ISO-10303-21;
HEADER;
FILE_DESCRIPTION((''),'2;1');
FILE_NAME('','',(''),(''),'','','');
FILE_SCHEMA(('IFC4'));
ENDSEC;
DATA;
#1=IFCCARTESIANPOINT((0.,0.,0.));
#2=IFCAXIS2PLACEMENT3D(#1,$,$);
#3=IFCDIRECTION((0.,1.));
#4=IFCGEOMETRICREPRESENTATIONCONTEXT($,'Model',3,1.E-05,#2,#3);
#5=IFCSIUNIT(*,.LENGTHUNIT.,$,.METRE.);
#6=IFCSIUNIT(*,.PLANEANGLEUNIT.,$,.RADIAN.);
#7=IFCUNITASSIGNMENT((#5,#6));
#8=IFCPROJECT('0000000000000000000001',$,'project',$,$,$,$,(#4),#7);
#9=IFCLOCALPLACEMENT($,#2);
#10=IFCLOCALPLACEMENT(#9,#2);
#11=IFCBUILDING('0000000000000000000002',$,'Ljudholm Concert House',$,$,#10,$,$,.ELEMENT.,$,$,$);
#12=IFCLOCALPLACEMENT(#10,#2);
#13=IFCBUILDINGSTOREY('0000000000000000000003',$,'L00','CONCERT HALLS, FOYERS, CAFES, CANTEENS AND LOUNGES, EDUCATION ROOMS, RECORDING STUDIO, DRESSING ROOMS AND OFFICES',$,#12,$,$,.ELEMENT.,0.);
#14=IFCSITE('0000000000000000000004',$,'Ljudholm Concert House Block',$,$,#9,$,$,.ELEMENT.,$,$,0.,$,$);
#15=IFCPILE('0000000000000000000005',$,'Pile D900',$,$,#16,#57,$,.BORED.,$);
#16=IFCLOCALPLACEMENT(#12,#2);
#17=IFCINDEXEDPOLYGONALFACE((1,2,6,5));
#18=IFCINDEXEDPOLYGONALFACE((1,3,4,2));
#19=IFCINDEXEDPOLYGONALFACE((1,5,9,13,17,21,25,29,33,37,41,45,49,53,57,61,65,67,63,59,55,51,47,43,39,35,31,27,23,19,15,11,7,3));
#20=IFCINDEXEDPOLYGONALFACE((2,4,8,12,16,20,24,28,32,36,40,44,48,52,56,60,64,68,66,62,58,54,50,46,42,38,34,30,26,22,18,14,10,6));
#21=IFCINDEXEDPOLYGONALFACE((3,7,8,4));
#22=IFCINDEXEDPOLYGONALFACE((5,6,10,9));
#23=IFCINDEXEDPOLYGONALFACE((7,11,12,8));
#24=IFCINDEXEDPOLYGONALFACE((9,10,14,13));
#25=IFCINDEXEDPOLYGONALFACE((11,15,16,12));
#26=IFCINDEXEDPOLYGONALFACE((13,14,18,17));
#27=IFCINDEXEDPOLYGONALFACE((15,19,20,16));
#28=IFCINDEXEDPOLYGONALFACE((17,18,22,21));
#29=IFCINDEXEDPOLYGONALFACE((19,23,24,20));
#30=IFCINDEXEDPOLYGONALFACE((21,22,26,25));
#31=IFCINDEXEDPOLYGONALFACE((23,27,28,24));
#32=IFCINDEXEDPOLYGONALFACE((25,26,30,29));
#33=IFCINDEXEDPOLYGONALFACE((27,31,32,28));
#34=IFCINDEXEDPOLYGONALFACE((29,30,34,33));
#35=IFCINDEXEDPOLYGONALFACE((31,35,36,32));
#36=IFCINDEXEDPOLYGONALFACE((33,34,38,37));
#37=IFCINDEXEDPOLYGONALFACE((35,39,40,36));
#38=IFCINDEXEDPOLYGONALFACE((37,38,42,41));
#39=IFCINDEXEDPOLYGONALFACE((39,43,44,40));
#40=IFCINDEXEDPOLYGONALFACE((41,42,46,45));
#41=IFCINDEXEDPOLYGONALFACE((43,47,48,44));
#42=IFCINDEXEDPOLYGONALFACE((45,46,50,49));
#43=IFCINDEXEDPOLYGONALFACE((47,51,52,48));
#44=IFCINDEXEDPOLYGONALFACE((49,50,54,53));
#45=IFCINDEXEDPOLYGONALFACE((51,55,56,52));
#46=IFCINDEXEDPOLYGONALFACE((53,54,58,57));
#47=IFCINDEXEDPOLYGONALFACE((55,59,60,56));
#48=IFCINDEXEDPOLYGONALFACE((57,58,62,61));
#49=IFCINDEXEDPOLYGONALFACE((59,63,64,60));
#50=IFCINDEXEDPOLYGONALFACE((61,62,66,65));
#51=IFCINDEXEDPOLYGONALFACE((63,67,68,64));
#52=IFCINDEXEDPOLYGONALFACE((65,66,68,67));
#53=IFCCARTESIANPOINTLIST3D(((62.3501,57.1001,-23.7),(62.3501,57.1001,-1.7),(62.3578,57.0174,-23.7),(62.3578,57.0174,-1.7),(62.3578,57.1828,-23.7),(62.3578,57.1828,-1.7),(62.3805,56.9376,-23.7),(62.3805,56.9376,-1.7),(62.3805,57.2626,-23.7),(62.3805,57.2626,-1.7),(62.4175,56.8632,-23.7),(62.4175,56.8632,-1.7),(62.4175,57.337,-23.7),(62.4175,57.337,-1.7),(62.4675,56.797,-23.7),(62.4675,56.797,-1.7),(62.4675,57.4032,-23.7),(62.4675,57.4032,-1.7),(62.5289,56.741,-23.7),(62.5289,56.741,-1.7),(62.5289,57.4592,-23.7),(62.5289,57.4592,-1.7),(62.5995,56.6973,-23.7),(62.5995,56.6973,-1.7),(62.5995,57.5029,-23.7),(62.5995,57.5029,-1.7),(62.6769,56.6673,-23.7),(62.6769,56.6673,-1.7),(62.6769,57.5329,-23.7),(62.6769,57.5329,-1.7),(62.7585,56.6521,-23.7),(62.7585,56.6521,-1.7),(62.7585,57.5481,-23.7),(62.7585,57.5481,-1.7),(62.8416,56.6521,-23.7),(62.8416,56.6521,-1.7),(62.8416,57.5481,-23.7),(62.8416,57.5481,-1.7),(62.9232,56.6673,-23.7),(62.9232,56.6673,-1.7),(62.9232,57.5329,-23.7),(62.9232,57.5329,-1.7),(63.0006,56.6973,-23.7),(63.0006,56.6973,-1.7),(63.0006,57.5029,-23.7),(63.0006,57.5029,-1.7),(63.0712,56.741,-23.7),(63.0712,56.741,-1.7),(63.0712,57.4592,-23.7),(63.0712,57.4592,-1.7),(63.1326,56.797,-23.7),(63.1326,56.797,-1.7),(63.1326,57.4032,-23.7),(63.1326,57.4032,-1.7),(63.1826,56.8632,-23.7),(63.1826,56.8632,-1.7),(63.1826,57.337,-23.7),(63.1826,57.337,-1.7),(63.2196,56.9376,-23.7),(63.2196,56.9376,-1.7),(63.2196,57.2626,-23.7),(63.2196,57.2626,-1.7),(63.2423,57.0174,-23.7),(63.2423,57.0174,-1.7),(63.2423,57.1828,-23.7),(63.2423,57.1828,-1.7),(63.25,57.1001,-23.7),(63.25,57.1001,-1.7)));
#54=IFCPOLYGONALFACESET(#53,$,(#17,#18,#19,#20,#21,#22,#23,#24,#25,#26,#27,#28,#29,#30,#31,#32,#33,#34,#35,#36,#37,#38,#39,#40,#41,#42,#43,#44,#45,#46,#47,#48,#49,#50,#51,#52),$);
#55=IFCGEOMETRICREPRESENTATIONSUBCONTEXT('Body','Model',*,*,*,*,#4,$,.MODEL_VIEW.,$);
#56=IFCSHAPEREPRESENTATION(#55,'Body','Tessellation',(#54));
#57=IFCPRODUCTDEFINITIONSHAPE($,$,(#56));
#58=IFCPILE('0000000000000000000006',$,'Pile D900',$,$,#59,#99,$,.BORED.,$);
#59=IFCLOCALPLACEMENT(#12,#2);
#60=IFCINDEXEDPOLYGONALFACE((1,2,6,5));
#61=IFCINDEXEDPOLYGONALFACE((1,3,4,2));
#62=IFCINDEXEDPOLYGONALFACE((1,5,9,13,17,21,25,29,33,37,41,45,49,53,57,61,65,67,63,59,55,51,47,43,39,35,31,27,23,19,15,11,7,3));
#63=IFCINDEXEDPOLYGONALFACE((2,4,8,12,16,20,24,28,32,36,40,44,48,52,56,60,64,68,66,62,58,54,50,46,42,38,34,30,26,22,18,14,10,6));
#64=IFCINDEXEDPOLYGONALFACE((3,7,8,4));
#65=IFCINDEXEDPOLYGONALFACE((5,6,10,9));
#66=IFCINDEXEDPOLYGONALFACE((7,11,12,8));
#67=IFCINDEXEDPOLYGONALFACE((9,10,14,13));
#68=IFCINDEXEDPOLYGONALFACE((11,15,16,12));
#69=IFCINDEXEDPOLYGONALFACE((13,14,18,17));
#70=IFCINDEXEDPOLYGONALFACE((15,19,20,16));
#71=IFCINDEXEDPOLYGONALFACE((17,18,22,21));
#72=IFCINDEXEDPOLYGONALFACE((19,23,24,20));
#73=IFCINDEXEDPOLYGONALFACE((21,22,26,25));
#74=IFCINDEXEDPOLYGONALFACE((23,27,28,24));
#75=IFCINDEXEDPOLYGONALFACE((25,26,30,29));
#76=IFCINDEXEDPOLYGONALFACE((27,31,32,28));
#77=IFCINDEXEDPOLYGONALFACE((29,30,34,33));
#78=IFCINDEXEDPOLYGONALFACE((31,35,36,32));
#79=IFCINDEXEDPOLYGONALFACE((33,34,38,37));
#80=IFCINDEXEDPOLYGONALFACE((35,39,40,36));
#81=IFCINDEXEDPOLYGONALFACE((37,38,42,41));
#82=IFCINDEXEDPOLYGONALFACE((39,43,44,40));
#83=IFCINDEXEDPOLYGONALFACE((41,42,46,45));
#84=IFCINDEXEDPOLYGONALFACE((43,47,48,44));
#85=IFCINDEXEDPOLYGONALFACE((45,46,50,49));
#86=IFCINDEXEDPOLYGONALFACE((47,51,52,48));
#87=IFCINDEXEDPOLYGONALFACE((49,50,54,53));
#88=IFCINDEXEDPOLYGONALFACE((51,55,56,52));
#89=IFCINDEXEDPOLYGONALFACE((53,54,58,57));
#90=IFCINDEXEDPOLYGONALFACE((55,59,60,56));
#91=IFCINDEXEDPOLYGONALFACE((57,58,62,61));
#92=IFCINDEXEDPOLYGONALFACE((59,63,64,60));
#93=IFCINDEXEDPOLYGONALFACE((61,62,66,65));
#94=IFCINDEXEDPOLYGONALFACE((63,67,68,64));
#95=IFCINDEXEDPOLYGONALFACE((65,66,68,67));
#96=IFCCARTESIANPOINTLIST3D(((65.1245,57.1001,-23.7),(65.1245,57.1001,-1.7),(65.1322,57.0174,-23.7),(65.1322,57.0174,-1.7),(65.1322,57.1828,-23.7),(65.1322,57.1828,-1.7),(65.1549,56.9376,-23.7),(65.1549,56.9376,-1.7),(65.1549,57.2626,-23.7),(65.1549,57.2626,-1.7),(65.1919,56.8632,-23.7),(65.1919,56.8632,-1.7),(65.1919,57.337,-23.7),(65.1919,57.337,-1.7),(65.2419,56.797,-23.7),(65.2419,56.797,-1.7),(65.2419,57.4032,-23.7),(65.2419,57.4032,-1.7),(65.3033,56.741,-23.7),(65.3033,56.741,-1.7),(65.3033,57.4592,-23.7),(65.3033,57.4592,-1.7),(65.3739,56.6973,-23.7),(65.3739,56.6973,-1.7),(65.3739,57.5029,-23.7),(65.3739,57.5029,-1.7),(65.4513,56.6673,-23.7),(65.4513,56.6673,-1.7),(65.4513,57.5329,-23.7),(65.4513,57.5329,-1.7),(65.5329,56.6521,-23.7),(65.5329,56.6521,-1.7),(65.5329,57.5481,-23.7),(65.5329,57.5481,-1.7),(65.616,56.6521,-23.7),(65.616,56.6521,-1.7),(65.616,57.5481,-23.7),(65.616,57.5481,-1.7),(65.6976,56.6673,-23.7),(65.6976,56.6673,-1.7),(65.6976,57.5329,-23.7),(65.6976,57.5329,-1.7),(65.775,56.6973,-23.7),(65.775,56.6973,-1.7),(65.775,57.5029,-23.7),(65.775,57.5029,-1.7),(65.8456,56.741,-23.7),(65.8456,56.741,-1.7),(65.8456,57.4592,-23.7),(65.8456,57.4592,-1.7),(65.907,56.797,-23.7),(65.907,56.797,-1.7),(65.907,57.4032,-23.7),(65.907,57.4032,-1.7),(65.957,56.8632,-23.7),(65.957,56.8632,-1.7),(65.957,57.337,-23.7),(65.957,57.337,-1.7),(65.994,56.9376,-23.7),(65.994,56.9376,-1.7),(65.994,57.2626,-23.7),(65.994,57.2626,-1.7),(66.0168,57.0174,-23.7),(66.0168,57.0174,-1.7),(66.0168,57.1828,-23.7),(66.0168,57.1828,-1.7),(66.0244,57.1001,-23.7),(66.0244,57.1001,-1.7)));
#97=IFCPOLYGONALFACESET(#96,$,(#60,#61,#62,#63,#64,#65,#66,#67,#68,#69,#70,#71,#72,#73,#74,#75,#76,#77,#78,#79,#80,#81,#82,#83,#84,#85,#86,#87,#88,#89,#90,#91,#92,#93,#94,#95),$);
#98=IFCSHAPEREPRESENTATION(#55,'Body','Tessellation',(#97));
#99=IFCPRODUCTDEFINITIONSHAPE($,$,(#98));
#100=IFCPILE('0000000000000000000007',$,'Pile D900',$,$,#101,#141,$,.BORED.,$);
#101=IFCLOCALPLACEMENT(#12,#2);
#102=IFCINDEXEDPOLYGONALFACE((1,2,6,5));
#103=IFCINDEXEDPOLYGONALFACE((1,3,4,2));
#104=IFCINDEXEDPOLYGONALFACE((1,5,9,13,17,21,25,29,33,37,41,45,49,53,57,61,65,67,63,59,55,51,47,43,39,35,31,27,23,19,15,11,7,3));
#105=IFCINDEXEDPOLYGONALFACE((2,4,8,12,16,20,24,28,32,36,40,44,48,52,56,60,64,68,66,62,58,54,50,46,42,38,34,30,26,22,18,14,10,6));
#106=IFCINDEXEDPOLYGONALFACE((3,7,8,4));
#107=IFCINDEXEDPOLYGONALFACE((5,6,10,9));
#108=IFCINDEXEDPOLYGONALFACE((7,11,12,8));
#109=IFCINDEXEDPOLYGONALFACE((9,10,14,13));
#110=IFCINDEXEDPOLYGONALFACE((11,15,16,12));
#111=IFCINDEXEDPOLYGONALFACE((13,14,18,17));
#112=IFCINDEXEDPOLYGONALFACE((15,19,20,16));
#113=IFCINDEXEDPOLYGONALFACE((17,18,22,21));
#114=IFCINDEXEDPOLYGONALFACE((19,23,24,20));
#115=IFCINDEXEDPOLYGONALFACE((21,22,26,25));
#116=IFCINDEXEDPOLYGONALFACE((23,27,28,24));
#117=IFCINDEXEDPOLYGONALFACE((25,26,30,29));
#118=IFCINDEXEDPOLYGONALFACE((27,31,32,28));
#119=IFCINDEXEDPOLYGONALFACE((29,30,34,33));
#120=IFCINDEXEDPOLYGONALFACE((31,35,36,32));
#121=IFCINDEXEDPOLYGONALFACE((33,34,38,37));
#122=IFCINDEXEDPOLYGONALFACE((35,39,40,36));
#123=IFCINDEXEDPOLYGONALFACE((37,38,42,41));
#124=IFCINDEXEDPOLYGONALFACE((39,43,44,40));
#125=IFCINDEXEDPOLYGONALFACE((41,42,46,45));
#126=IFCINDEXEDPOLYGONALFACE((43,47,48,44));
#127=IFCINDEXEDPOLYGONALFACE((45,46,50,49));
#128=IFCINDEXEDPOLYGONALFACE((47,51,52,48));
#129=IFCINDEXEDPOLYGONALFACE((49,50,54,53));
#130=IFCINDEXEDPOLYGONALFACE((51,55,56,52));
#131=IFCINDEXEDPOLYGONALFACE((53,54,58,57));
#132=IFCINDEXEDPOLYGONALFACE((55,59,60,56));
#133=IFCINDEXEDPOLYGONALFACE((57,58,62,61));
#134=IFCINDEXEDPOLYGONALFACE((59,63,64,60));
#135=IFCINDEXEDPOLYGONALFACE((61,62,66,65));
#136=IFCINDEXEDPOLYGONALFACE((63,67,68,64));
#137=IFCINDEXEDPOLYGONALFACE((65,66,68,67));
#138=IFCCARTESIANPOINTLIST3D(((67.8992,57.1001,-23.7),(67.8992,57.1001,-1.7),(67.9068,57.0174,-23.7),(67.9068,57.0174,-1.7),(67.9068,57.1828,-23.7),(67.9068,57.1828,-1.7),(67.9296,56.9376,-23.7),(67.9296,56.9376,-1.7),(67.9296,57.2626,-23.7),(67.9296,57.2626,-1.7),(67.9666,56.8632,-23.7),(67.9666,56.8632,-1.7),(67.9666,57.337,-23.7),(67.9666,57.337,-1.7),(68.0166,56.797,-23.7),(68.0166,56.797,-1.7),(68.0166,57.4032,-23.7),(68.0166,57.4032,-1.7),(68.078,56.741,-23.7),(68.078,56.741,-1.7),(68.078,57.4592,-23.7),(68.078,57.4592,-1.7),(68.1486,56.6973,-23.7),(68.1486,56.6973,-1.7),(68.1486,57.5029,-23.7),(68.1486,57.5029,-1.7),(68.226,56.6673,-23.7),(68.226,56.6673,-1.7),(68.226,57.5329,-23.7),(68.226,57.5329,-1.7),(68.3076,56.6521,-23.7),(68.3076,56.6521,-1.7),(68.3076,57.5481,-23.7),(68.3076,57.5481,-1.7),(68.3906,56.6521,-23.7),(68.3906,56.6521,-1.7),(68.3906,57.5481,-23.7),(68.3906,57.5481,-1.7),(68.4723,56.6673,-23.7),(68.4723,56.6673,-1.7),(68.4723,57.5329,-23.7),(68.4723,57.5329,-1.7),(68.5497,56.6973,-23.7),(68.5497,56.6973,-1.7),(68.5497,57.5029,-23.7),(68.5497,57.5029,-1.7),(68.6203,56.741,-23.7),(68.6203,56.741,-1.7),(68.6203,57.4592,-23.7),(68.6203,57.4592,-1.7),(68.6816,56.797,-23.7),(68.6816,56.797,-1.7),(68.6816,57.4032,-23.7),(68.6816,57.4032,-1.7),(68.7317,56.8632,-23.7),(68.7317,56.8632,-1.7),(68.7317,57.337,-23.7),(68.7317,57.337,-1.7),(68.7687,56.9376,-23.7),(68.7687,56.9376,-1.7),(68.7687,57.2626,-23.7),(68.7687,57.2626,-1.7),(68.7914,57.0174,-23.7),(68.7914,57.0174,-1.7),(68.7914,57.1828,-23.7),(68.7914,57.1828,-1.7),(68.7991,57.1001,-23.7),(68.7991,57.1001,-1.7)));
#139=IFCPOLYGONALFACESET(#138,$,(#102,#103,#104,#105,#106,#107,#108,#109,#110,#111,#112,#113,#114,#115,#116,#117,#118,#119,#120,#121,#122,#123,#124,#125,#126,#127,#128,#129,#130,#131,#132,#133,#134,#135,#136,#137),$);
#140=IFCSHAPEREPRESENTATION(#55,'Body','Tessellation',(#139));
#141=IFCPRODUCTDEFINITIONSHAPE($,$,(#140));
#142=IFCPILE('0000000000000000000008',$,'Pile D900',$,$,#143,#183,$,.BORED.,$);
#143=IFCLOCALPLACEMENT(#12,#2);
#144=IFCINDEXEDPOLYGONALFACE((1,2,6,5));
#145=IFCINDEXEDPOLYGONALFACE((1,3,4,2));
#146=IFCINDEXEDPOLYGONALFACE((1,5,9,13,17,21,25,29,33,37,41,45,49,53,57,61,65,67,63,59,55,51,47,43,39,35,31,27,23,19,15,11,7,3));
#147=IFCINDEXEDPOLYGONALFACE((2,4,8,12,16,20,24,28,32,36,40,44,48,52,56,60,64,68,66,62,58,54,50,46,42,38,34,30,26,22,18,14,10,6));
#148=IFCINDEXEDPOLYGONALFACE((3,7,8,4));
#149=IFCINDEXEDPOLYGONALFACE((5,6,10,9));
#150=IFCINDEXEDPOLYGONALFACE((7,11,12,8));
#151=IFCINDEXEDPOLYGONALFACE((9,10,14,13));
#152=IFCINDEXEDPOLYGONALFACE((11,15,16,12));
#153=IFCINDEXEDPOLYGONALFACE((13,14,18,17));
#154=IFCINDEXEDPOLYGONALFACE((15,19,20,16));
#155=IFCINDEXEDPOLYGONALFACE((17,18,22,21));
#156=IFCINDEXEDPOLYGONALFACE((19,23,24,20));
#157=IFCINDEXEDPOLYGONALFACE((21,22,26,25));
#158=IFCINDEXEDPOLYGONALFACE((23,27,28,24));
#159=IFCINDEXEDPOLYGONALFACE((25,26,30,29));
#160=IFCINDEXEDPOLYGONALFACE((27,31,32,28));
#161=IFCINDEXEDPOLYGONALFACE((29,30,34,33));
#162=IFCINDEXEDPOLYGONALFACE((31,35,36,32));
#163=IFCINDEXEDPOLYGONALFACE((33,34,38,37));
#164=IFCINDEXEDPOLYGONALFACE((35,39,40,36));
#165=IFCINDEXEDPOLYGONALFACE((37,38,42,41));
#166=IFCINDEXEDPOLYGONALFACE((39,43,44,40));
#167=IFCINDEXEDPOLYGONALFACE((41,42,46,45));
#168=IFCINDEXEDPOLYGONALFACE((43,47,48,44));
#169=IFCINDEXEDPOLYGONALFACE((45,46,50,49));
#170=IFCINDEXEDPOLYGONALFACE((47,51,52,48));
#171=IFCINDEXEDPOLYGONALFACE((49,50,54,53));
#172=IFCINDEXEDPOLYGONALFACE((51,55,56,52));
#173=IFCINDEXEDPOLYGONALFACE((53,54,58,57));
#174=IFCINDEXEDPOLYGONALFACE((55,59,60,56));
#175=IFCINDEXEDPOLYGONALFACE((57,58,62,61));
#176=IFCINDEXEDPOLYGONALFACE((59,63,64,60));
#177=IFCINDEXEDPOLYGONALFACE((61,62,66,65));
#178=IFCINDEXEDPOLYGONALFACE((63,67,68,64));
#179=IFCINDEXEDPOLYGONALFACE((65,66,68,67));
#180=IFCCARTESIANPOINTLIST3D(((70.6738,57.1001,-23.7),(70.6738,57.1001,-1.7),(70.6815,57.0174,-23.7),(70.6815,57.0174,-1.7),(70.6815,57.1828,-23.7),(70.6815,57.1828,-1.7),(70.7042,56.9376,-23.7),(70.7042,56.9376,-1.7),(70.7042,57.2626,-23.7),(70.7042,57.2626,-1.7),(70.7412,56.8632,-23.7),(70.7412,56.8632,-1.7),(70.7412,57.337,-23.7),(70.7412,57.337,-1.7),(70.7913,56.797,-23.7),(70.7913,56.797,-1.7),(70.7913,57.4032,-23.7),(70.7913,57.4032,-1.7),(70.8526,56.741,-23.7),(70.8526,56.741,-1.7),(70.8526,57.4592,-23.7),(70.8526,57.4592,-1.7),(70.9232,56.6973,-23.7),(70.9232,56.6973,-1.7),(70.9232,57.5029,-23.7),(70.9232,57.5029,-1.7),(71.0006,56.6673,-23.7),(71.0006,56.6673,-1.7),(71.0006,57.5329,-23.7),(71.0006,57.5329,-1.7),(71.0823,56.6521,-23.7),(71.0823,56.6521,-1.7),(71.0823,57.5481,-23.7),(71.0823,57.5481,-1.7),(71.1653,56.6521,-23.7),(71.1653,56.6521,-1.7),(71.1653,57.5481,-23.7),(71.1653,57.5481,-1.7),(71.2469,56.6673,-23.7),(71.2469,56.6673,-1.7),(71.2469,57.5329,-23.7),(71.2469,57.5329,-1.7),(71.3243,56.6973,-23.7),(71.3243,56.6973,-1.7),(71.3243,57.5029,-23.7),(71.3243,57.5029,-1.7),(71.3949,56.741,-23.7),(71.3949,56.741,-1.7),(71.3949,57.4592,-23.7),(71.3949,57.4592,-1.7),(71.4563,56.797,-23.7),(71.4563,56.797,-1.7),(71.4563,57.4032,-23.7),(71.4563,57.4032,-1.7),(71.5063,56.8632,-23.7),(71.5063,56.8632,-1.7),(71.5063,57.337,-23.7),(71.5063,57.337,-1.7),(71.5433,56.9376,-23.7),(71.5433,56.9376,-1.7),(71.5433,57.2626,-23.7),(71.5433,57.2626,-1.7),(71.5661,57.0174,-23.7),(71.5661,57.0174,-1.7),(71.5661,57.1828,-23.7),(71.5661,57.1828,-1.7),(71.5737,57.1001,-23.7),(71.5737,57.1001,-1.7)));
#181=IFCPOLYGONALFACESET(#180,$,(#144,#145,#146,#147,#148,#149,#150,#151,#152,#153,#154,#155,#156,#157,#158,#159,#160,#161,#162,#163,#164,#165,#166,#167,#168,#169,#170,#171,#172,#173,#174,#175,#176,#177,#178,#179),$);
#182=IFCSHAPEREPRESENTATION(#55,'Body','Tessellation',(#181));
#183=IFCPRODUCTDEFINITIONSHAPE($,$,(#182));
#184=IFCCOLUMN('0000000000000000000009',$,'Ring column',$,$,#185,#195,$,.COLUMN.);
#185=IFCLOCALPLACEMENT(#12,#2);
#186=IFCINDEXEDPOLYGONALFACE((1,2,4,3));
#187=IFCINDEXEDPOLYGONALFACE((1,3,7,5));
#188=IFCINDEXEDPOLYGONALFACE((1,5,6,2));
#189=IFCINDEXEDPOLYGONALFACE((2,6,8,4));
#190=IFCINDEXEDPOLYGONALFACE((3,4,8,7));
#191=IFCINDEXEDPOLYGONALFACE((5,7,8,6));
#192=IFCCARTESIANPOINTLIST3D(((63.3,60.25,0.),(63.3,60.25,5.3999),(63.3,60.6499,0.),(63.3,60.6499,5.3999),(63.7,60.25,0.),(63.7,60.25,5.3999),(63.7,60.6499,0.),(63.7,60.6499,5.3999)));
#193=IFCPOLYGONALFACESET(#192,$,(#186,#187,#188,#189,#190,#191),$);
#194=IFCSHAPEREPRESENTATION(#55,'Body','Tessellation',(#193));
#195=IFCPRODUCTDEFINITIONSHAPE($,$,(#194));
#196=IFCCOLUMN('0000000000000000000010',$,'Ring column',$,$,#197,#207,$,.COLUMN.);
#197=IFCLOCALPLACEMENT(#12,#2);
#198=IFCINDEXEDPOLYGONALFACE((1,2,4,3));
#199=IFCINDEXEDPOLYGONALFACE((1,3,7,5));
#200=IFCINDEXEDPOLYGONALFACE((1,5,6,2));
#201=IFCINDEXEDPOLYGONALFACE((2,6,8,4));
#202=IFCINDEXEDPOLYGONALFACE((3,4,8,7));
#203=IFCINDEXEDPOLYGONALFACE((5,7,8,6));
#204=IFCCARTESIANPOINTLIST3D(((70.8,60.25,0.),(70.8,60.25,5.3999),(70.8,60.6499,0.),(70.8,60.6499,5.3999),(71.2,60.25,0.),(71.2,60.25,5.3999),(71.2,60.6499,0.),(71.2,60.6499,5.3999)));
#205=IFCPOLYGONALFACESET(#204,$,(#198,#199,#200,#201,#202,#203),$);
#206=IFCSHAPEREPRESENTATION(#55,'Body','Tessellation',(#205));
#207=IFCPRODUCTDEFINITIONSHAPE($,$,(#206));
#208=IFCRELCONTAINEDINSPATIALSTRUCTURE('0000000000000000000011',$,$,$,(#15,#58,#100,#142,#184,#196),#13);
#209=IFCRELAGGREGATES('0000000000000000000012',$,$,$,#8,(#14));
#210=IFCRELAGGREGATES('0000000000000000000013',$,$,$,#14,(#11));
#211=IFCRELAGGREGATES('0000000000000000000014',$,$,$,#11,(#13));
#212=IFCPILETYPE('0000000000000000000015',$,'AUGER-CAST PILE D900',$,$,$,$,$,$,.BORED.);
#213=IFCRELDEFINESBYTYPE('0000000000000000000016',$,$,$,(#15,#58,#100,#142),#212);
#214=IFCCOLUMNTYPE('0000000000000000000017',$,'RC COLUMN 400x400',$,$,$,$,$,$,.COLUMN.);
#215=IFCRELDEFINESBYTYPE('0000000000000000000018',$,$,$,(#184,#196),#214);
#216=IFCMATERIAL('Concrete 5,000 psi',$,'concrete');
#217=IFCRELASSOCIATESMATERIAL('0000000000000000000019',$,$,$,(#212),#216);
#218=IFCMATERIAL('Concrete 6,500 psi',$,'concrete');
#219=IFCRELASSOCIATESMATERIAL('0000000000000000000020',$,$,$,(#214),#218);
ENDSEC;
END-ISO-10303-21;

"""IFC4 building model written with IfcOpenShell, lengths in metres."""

from ifc_helpers import new_model, si_unit, direction, frame, origin, origin_2d, place, context, subcontext, project, spatial, rectangle, circle, extrude, material, material_profile, profile_set, type_object, element, save


model = new_model("IFC4")

# Units and contexts
model_context = context("Model", 3, precision=1e-05, world=origin(), true_north=direction((0.0, 1.0)))
body_context = subcontext(model_context, "Body", "Model", "MODEL_VIEW")
ifc_project = project(units=[si_unit("LENGTHUNIT", "METRE"), si_unit("PLANEANGLEUNIT", "RADIAN")], contexts=[model_context])

# Site, building, storey
site_placement = place(None, origin())
site = spatial("IfcSite", under=ifc_project, at=site_placement, Name="Ljudholm Concert House Block", CompositionType="ELEMENT", RefElevation=0.0)
building_placement = place(site_placement, origin())
building = spatial("IfcBuilding", under=site, at=building_placement, Name="Ljudholm Concert House", CompositionType="ELEMENT")
storey_placement = place(building_placement, origin())
storey = spatial("IfcBuildingStorey", under=building, at=storey_placement, Name="L00", Description="CONCERT HALLS, FOYERS, CAFES, CANTEENS AND LOUNGES, EDUCATION ROOMS, RECORDING STUDIO, DRESSING ROOMS AND OFFICES", CompositionType="ELEMENT", Elevation=0.0)

# Piles
ifc_material_1 = material(Name="Concrete 5,000 psi", Category="concrete")
ifc_material_profile_1 = material_profile(ifc_material_1, circle(Radius=0.45, at=origin_2d()), Name="AUGER-CAST PILE D900")
ifc_profile_set_1 = profile_set([ifc_material_profile_1], Name="Concrete 5,000 psi")
pile_type_1 = type_object("IfcPileType", Name="AUGER-CAST PILE D900", PredefinedType="BORED", material=ifc_profile_set_1)
for number, where, z_axis, x_axis, name in (
    (1, (62.8, 57.1001, -1.7), (0.0, 0.0, -1.0), (1.0, 0.0, 0.0), "Pile D900"),
    (2, (65.5745, 57.1001, -1.7), (0.0, 0.0, -1.0), (1.0, 0.0, 0.0), "Pile D900"),
    (3, (68.3491, 57.1001, -1.7), (0.0, 0.0, -1.0), (1.0, 0.0, 0.0), "Pile D900"),
    (4, (71.1238, 57.1001, -1.7), (0.0, 0.0, -1.0), (1.0, 0.0, 0.0), "Pile D900"),
):
    element("IfcPile", number, at=place(storey_placement, frame(where, z_axis=z_axis, x_axis=x_axis)), inside=storey, type_object=pile_type_1, Name=name, PredefinedType="BORED", context=body_context, shape_type="SweptSolid", body=[
        extrude(circle(Radius=0.45, at=origin_2d()), origin(), (0.0, 0.0, 1.0), 22.0),
    ])

# Columns
ifc_material_2 = material(Name="Concrete 6,500 psi", Category="concrete")
ifc_material_profile_2 = material_profile(ifc_material_2, rectangle(XDim=0.3999, YDim=0.3999, at=origin_2d()), Name="RC COLUMN 400x400")
ifc_profile_set_2 = profile_set([ifc_material_profile_2], Name="Concrete 6,500 psi")
column_type = type_object("IfcColumnType", Name="RC COLUMN 400x400", PredefinedType="COLUMN", material=ifc_profile_set_2)
for number, where, z_axis, x_axis, name in (
    (5, (63.5, 60.45, 0.0), (0.0, 0.0, 1.0), (1.0, 0.0, 0.0), "Ring column"),
    (6, (71.0, 60.45, 0.0), (0.0, 0.0, 1.0), (1.0, 0.0, 0.0), "Ring column"),
):
    element("IfcColumn", number, at=place(storey_placement, frame(where, z_axis=z_axis, x_axis=x_axis)), inside=storey, type_object=column_type, Name=name, PredefinedType="COLUMN", context=body_context, shape_type="SweptSolid", body=[
        extrude(rectangle(XDim=0.3999, YDim=0.3999, at=origin_2d()), origin(), (0.0, 0.0, 1.0), 5.3999),
    ])

save(model, "model.ifc")
